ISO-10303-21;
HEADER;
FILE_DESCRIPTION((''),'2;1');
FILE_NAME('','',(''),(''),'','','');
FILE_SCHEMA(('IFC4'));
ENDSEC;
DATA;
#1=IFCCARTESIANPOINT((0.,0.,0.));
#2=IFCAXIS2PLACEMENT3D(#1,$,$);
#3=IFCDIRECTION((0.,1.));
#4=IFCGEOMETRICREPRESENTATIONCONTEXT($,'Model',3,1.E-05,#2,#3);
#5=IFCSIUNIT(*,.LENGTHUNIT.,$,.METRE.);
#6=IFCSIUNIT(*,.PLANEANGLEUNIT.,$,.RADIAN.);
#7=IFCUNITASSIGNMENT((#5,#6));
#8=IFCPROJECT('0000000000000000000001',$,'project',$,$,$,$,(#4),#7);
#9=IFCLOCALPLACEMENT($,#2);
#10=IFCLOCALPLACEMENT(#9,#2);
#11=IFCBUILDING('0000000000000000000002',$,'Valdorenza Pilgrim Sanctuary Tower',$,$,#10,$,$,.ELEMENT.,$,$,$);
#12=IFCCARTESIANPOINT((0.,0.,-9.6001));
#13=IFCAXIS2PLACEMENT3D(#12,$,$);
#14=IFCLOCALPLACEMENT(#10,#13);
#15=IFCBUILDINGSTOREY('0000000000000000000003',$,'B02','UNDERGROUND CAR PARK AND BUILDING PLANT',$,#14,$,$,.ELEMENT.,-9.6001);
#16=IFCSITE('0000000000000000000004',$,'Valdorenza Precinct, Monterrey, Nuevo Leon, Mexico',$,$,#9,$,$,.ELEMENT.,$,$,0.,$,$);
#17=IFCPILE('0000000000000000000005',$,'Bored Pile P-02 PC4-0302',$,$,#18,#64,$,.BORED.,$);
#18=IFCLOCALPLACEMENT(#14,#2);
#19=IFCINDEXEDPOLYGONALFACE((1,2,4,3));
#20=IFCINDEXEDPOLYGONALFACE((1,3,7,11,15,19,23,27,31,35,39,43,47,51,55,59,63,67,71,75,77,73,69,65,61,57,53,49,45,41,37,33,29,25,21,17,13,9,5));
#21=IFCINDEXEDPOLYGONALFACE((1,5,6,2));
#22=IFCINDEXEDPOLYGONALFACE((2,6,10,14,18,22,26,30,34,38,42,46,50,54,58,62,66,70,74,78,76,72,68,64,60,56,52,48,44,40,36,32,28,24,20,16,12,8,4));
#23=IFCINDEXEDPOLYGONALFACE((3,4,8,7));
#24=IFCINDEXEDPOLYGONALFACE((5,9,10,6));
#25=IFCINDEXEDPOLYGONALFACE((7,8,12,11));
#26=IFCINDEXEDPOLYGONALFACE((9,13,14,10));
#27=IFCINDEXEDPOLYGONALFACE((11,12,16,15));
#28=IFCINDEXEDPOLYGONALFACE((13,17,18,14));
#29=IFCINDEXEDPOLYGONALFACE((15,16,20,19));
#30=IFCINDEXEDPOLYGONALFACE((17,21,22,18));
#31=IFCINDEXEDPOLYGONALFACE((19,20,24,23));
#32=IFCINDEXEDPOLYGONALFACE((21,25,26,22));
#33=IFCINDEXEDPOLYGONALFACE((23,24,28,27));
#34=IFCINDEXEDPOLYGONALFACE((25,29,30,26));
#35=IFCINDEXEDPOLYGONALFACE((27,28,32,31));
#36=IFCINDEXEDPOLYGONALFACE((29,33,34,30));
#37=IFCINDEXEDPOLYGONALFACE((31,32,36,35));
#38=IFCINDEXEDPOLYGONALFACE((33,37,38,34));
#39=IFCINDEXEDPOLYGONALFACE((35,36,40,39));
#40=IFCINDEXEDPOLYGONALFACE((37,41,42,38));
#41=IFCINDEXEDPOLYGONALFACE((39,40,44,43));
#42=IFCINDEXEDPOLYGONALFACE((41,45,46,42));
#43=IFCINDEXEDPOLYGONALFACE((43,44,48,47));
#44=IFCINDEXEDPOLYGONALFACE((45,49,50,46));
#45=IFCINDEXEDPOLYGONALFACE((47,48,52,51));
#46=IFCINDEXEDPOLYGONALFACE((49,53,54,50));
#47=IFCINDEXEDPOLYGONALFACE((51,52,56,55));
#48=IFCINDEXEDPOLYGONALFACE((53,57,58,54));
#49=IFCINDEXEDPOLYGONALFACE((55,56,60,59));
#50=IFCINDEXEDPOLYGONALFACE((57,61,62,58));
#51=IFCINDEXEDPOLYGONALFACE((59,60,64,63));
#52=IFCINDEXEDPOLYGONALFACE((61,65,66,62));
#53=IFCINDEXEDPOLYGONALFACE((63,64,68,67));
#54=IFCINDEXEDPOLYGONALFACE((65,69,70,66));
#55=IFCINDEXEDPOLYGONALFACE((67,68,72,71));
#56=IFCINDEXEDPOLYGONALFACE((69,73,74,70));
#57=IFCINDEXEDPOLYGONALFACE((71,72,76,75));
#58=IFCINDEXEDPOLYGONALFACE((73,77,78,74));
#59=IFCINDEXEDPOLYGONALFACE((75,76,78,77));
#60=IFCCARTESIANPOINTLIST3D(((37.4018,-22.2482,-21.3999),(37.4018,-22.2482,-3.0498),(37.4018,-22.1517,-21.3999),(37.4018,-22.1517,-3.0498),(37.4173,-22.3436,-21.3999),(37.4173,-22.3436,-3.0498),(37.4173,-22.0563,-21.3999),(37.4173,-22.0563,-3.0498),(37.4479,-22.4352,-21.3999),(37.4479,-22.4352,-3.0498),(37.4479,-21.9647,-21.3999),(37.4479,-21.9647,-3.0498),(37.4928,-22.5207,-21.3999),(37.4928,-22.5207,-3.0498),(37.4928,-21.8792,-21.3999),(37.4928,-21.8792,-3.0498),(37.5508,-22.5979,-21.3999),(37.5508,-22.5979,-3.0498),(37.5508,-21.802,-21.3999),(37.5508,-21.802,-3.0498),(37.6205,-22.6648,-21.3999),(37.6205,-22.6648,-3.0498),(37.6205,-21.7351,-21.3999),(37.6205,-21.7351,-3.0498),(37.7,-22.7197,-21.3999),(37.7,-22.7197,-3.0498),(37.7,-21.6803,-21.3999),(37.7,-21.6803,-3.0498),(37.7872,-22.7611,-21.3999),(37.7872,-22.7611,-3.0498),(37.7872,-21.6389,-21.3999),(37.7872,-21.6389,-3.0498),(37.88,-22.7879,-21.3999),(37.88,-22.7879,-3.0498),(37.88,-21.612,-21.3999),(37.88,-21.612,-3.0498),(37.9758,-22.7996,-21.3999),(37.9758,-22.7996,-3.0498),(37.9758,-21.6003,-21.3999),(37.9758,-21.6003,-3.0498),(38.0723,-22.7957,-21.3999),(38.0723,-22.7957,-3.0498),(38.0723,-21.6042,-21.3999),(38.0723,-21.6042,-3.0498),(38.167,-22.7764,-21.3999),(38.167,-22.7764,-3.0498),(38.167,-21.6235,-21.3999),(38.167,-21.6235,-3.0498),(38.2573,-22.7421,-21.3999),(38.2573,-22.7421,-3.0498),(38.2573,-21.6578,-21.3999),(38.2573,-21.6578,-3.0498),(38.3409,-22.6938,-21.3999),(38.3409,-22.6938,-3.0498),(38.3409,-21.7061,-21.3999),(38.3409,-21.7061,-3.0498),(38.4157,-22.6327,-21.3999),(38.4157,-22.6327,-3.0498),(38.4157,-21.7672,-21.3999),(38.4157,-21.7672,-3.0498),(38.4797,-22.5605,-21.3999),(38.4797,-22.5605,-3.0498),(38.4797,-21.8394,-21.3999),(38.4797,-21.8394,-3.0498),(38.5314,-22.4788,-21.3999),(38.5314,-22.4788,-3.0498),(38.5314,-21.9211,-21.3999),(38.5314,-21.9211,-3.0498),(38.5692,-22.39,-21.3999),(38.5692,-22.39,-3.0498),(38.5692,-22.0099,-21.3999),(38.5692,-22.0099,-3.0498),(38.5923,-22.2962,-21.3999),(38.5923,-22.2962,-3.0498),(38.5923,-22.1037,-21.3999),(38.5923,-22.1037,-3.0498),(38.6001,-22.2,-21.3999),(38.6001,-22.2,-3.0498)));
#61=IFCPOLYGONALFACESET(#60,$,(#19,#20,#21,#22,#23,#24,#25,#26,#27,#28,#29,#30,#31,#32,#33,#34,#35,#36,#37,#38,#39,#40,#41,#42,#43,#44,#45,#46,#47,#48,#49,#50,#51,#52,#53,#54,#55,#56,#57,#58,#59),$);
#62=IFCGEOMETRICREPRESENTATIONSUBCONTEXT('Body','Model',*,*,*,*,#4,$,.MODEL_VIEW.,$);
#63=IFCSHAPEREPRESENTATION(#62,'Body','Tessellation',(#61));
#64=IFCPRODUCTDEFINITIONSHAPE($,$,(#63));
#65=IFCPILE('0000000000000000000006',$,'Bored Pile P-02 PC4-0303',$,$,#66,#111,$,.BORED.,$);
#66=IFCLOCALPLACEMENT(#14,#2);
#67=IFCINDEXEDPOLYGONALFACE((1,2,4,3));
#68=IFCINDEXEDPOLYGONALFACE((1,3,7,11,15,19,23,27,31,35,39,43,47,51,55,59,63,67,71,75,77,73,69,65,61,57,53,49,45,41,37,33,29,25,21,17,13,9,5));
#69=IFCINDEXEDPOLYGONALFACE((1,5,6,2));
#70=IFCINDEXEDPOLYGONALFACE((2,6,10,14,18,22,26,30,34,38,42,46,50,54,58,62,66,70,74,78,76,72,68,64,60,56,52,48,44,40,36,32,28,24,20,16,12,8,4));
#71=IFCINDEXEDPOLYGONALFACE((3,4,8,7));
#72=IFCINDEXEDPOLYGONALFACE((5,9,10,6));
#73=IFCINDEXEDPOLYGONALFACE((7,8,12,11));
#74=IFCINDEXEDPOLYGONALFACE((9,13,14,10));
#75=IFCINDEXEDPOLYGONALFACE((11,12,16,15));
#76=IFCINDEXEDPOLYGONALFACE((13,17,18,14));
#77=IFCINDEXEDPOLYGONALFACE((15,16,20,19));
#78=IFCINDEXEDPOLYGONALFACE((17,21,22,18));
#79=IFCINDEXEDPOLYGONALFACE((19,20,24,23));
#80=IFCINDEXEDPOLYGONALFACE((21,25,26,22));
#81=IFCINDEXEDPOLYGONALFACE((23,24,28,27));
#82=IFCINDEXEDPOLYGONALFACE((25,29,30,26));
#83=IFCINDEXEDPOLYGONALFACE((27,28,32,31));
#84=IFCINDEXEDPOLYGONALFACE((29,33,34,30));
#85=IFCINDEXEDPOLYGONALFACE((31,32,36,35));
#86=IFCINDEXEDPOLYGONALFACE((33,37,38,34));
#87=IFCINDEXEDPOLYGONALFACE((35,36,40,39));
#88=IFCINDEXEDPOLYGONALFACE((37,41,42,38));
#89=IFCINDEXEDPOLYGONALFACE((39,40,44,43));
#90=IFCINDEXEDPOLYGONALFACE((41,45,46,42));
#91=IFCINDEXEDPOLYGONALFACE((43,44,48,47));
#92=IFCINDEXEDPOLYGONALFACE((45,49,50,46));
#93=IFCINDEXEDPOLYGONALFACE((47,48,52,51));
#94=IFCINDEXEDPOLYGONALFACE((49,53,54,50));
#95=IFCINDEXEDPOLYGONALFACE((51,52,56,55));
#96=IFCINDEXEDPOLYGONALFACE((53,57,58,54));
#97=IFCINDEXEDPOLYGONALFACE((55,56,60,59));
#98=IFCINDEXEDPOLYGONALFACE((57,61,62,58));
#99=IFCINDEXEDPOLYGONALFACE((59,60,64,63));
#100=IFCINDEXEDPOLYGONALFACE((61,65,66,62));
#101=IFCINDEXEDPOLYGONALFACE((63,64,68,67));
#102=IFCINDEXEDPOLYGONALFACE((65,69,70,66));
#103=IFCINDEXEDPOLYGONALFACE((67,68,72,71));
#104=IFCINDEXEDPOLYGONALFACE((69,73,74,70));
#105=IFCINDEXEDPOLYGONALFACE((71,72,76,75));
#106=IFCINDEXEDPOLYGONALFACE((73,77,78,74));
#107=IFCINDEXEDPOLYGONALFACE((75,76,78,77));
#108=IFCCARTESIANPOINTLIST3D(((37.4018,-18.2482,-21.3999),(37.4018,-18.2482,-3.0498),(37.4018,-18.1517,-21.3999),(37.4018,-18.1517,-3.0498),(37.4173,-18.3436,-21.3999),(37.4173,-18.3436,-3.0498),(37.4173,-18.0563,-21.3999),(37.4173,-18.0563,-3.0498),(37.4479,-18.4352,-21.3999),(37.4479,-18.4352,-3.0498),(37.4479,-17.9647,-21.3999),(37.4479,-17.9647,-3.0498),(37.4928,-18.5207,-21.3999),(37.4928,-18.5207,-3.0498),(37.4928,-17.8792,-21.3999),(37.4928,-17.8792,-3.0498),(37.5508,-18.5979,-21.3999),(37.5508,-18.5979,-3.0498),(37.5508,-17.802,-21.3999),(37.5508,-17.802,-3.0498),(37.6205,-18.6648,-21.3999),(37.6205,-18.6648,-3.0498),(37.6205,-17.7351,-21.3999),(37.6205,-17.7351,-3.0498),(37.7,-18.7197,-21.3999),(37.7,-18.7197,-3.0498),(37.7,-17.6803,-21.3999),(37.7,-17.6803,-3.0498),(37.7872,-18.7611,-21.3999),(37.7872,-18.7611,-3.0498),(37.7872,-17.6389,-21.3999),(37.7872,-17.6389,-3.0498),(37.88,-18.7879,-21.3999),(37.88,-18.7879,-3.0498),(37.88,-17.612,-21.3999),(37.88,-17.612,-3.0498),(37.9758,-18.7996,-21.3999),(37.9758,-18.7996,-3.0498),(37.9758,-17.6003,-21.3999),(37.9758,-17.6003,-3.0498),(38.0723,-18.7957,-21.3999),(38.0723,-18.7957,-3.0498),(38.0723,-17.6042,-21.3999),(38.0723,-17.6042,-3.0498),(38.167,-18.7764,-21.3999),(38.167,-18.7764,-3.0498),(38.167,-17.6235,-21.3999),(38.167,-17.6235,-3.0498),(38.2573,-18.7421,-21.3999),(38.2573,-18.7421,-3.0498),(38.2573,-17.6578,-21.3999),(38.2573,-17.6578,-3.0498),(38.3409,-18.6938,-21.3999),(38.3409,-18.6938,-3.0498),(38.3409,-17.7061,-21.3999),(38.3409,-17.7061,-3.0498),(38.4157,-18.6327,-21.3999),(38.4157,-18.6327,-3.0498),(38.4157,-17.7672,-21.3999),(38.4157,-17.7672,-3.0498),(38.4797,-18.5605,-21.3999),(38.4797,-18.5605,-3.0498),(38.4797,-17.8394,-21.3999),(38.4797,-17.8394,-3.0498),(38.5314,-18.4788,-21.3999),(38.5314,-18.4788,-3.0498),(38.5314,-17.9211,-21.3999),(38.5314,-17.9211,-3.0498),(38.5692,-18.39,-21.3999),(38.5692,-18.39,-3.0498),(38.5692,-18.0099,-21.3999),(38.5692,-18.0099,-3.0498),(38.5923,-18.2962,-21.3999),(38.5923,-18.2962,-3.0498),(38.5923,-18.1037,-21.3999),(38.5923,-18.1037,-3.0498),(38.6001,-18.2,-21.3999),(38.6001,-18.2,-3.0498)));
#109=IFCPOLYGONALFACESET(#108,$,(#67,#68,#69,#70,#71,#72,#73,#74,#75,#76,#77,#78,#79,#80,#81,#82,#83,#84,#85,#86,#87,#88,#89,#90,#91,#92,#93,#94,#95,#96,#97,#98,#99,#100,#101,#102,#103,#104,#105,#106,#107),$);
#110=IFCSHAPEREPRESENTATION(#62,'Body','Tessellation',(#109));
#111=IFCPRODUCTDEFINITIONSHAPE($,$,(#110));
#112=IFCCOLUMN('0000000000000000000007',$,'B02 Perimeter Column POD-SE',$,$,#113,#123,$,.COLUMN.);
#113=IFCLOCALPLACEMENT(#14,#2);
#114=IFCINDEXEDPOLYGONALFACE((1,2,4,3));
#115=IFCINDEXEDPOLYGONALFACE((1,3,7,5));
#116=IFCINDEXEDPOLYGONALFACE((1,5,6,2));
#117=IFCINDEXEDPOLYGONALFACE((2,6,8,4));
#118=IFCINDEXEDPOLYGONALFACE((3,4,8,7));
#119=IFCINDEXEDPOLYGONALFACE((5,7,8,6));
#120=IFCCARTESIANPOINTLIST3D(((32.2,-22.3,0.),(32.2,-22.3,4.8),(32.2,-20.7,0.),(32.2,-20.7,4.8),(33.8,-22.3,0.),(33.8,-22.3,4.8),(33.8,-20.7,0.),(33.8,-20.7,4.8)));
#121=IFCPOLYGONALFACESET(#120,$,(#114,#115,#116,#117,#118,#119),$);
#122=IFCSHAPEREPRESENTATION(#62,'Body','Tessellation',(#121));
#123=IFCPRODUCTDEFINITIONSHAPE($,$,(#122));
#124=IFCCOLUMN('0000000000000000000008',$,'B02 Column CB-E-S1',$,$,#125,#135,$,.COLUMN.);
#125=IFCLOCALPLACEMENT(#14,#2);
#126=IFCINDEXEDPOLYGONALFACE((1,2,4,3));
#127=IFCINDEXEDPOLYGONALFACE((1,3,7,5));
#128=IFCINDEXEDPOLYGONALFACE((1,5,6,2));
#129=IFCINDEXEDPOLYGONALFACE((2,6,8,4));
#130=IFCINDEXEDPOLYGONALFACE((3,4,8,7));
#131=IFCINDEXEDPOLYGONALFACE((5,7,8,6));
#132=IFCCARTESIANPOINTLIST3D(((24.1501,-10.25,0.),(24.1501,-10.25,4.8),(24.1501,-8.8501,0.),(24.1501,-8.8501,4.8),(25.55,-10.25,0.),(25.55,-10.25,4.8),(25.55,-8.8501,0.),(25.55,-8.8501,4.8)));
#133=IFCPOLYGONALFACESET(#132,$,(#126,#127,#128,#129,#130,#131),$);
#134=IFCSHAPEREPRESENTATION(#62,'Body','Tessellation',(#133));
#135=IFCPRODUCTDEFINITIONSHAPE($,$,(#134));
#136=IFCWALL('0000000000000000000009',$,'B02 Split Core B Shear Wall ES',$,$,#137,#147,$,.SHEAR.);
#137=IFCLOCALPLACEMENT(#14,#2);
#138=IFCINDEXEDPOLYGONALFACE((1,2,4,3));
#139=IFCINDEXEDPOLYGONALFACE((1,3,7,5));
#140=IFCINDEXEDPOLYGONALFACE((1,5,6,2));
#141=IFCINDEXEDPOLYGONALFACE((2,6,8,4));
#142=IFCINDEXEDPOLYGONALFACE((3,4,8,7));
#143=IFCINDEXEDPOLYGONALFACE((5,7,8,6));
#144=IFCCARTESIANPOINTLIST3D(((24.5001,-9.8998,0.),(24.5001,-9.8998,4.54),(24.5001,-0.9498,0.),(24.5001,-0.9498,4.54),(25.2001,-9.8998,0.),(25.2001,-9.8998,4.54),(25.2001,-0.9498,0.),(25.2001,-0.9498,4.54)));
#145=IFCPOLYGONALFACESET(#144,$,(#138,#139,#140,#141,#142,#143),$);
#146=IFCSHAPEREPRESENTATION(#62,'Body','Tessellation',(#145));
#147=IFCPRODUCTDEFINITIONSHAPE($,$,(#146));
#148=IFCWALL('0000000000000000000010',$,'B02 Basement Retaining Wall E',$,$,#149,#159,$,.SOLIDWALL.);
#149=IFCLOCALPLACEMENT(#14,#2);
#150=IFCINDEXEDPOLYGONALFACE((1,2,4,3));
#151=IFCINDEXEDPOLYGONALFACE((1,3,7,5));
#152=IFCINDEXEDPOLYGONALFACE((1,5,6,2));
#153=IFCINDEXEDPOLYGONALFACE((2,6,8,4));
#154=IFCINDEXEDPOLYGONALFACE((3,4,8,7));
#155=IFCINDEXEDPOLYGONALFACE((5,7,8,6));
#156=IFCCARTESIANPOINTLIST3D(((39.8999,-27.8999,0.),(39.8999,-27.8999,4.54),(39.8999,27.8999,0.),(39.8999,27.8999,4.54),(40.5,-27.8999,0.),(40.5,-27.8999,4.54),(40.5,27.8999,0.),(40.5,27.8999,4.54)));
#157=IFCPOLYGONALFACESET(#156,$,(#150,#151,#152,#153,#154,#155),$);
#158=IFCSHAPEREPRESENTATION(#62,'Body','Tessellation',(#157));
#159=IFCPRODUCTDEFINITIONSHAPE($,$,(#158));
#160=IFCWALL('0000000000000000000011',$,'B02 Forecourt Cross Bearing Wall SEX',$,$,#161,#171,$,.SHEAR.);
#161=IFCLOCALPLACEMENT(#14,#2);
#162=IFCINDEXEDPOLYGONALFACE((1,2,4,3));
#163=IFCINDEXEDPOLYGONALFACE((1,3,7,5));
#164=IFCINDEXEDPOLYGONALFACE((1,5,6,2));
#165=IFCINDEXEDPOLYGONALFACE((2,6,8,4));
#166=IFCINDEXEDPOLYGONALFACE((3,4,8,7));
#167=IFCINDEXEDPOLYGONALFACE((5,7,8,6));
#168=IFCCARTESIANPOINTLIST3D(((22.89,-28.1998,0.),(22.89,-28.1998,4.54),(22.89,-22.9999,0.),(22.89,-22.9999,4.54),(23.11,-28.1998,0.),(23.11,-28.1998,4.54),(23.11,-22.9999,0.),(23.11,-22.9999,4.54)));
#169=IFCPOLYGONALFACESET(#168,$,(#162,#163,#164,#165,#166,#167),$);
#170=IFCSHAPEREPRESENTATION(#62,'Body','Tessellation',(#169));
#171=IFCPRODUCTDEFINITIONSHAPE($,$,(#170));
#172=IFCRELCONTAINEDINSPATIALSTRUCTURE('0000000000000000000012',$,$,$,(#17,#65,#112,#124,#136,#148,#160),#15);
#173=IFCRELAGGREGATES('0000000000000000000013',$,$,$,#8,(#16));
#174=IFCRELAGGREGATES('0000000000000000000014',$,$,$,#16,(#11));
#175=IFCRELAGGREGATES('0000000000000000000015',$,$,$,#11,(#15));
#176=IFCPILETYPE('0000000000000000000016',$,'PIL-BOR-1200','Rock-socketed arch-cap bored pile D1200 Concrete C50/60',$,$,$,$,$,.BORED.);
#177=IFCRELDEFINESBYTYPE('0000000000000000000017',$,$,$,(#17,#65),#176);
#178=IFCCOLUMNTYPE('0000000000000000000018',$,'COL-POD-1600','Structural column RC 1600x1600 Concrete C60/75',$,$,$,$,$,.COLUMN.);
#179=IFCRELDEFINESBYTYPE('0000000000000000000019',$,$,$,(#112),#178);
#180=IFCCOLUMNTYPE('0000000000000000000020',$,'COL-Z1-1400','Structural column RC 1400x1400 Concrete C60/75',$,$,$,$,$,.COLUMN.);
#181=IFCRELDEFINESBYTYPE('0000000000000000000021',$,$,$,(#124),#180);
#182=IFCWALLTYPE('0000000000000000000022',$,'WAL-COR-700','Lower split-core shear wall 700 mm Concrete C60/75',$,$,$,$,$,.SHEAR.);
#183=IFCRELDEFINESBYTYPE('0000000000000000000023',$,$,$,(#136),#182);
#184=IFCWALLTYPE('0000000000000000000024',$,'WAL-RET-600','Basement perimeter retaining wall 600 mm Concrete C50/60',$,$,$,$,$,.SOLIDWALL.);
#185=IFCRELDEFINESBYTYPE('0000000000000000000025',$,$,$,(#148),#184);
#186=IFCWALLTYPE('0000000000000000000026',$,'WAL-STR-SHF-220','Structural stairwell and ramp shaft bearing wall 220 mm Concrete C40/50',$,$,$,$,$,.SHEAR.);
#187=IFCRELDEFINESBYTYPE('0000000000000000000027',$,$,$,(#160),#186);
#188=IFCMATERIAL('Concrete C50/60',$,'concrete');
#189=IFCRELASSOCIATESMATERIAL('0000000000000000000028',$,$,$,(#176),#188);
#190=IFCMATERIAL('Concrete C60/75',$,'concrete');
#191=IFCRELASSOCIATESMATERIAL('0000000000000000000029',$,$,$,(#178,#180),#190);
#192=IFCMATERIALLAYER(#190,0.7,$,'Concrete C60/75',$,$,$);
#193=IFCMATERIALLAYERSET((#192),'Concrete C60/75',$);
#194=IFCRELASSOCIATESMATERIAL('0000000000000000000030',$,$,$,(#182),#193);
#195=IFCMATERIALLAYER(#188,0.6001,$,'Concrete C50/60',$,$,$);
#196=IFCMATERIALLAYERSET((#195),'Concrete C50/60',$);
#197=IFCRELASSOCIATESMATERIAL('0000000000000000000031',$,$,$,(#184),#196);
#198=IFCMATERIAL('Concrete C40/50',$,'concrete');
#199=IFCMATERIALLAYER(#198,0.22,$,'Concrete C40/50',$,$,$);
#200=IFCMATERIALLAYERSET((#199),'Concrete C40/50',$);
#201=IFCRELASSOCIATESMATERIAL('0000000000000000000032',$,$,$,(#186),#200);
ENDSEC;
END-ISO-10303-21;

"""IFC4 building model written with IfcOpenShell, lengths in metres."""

from ifc_helpers import new_model, si_unit, direction, frame, frame_2d, origin, origin_2d, place, context, subcontext, project, spatial, rectangle, circle, extrude, source, transform, mapped, material, layer, layer_set, material_profile, profile_set, type_object, element, save


model = new_model("IFC4")

# Units and contexts
model_context = context("Model", 3, precision=1e-05, world=origin(), true_north=direction((0.0, 1.0)))
body_context = subcontext(model_context, "Body", "Model", "MODEL_VIEW")
ifc_project = project(units=[si_unit("LENGTHUNIT", "METRE"), si_unit("PLANEANGLEUNIT", "RADIAN")], contexts=[model_context])

# Site, building, storey
site_placement = place(None, origin())
site = spatial("IfcSite", under=ifc_project, at=site_placement, Name="Valdorenza Precinct, Monterrey, Nuevo Leon, Mexico", CompositionType="ELEMENT", RefElevation=0.0)
building_placement = place(site_placement, origin())
building = spatial("IfcBuilding", under=site, at=building_placement, Name="Valdorenza Pilgrim Sanctuary Tower", CompositionType="ELEMENT")
storey_placement = place(building_placement, frame((0.0, 0.0, -9.6001)))
storey = spatial("IfcBuildingStorey", under=building, at=storey_placement, Name="B02", Description="UNDERGROUND CAR PARK AND BUILDING PLANT", CompositionType="ELEMENT", Elevation=-9.6001)

# Shared definitions
ifc_material_1 = material(Name="Concrete C50/60", Category="concrete")

# Piles
ifc_material_profile_1 = material_profile(ifc_material_1, circle(Radius=0.6001, at=origin_2d()), Name="BORED PILE 1200")
ifc_profile_set_1 = profile_set([ifc_material_profile_1], Name="Concrete C50/60")
pile_type_1 = type_object("IfcPileType", Name="PIL-BOR-1200", Description="Rock-socketed arch-cap bored pile D1200 Concrete C50/60", PredefinedType="BORED", material=ifc_profile_set_1)
shared_shape_1 = source(origin(), body_context, "Body", "SweptSolid", [
    extrude(circle(Radius=0.6001, at=origin_2d()), origin(), (0.0, 0.0, 1.0), 18.3501),
])
for number, where, z_axis, x_axis, name in (
    (1, (38.0, -22.2, -3.0498), (0.0, 0.0, -1.0), (1.0, 0.0, 0.0), "Bored Pile P-02 PC4-0302"),
    (2, (38.0, -18.2, -3.0498), (0.0, 0.0, -1.0), (1.0, 0.0, 0.0), "Bored Pile P-02 PC4-0303"),
):
    element("IfcPile", number, at=place(storey_placement, frame(where, z_axis=z_axis, x_axis=x_axis)), inside=storey, type_object=pile_type_1, Name=name, PredefinedType="BORED", context=body_context, shape_type="MappedRepresentation", body=[
        mapped(shared_shape_1, transform((0.0, 0.0, 0.0), x_axis=(1.0, 0.0, 0.0), y_axis=(0.0, 1.0, 0.0), z_axis=(0.0, 0.0, 1.0), scale=1.0)),
    ])

# Columns
ifc_material_2 = material(Name="Concrete C60/75", Category="concrete")
ifc_material_profile_2 = material_profile(ifc_material_2, rectangle(XDim=1.6001, YDim=1.6001, at=origin_2d()), Name="RC 1600x1600")
ifc_profile_set_2 = profile_set([ifc_material_profile_2], Name="Concrete C60/75")
column_type_1 = type_object("IfcColumnType", Name="COL-POD-1600", Description="Structural column RC 1600x1600 Concrete C60/75", PredefinedType="COLUMN", material=ifc_profile_set_2)
shared_shape_2 = source(origin(), body_context, "Body", "SweptSolid", [
    extrude(rectangle(XDim=1.6001, YDim=1.6001, at=origin_2d()), origin(), (0.0, 0.0, 1.0), 4.8),
])
column_1_placement = place(storey_placement, frame((33.0, -21.5, 0.0), z_axis=(0.0, 0.0, 1.0), x_axis=(1.0, 0.0, 0.0)))
element("IfcColumn", 3, at=column_1_placement, inside=storey, type_object=column_type_1, Name="B02 Perimeter Column POD-SE", PredefinedType="COLUMN", context=body_context, shape_type="MappedRepresentation", body=[
    mapped(shared_shape_2, transform((0.0, 0.0, 0.0), x_axis=(1.0, 0.0, 0.0), y_axis=(0.0, 1.0, 0.0), z_axis=(0.0, 0.0, 1.0), scale=1.0)),
])
ifc_material_profile_3 = material_profile(ifc_material_2, rectangle(XDim=1.3999, YDim=1.3999, at=origin_2d()), Name="RC 1400x1400")
ifc_profile_set_3 = profile_set([ifc_material_profile_3], Name="Concrete C60/75")
column_type_2 = type_object("IfcColumnType", Name="COL-Z1-1400", Description="Structural column RC 1400x1400 Concrete C60/75", PredefinedType="COLUMN", material=ifc_profile_set_3)
shared_shape_3 = source(origin(), body_context, "Body", "SweptSolid", [
    extrude(rectangle(XDim=1.3999, YDim=1.3999, at=origin_2d()), origin(), (0.0, 0.0, 1.0), 4.8),
])
column_2_placement = place(storey_placement, frame((24.8501, -9.55, 0.0), z_axis=(0.0, 0.0, 1.0), x_axis=(1.0, 0.0, 0.0)))
element("IfcColumn", 4, at=column_2_placement, inside=storey, type_object=column_type_2, Name="B02 Column CB-E-S1", PredefinedType="COLUMN", context=body_context, shape_type="MappedRepresentation", body=[
    mapped(shared_shape_3, transform((0.0, 0.0, 0.0), x_axis=(1.0, 0.0, 0.0), y_axis=(0.0, 1.0, 0.0), z_axis=(0.0, 0.0, 1.0), scale=1.0)),
])

# Walls
ifc_layer_1 = layer(ifc_material_2, 0.7, Name="Concrete C60/75")
ifc_layer_set_1 = layer_set([ifc_layer_1], Name="Concrete C60/75")
wall_type_1 = type_object("IfcWallType", Name="WAL-COR-700", Description="Lower split-core shear wall 700 mm Concrete C60/75", PredefinedType="SHEAR", material=ifc_layer_set_1)
wall_1_placement = place(storey_placement, frame((24.8501, -9.8999, 0.0), z_axis=(0.0, 0.0, 1.0), x_axis=(0.0, 1.0, 0.0)))
element("IfcWall", 5, at=wall_1_placement, inside=storey, type_object=wall_type_1, Name="B02 Split Core B Shear Wall ES", PredefinedType="SHEAR", context=body_context, shape_type="SweptSolid", body=[
    extrude(rectangle(XDim=8.95, YDim=0.7, at=frame_2d((4.4751, 0.0))), origin(), (0.0, 0.0, 1.0), 4.54),
])
ifc_layer_2 = layer(ifc_material_1, 0.6001, Name="Concrete C50/60")
ifc_layer_set_2 = layer_set([ifc_layer_2], Name="Concrete C50/60")
wall_type_2 = type_object("IfcWallType", Name="WAL-RET-600", Description="Basement perimeter retaining wall 600 mm Concrete C50/60", PredefinedType="SOLIDWALL", material=ifc_layer_set_2)
wall_2_placement = place(storey_placement, frame((40.2, -27.8999, 0.0), z_axis=(0.0, 0.0, 1.0), x_axis=(0.0, 1.0, 0.0)))
element("IfcWall", 6, at=wall_2_placement, inside=storey, type_object=wall_type_2, Name="B02 Basement Retaining Wall E", PredefinedType="SOLIDWALL", context=body_context, shape_type="SweptSolid", body=[
    extrude(rectangle(XDim=55.7998, YDim=0.6001, at=frame_2d((27.8999, 0.0))), origin(), (0.0, 0.0, 1.0), 4.54),
])
ifc_material_3 = material(Name="Concrete C40/50", Category="concrete")
ifc_layer_3 = layer(ifc_material_3, 0.22, Name="Concrete C40/50")
ifc_layer_set_3 = layer_set([ifc_layer_3], Name="Concrete C40/50")
wall_type_3 = type_object("IfcWallType", Name="WAL-STR-SHF-220", Description="Structural stairwell and ramp shaft bearing wall 220 mm Concrete C40/50", PredefinedType="SHEAR", material=ifc_layer_set_3)
wall_3_placement = place(storey_placement, frame((23.0, -28.2, 0.0), z_axis=(0.0, 0.0, 1.0), x_axis=(0.0, 1.0, 0.0)))
element("IfcWall", 7, at=wall_3_placement, inside=storey, type_object=wall_type_3, Name="B02 Forecourt Cross Bearing Wall SEX", PredefinedType="SHEAR", context=body_context, shape_type="SweptSolid", body=[
    extrude(rectangle(XDim=5.2, YDim=0.22, at=frame_2d((2.6001, 0.0))), origin(), (0.0, 0.0, 1.0), 4.54),
])

save(model, "model.ifc")
